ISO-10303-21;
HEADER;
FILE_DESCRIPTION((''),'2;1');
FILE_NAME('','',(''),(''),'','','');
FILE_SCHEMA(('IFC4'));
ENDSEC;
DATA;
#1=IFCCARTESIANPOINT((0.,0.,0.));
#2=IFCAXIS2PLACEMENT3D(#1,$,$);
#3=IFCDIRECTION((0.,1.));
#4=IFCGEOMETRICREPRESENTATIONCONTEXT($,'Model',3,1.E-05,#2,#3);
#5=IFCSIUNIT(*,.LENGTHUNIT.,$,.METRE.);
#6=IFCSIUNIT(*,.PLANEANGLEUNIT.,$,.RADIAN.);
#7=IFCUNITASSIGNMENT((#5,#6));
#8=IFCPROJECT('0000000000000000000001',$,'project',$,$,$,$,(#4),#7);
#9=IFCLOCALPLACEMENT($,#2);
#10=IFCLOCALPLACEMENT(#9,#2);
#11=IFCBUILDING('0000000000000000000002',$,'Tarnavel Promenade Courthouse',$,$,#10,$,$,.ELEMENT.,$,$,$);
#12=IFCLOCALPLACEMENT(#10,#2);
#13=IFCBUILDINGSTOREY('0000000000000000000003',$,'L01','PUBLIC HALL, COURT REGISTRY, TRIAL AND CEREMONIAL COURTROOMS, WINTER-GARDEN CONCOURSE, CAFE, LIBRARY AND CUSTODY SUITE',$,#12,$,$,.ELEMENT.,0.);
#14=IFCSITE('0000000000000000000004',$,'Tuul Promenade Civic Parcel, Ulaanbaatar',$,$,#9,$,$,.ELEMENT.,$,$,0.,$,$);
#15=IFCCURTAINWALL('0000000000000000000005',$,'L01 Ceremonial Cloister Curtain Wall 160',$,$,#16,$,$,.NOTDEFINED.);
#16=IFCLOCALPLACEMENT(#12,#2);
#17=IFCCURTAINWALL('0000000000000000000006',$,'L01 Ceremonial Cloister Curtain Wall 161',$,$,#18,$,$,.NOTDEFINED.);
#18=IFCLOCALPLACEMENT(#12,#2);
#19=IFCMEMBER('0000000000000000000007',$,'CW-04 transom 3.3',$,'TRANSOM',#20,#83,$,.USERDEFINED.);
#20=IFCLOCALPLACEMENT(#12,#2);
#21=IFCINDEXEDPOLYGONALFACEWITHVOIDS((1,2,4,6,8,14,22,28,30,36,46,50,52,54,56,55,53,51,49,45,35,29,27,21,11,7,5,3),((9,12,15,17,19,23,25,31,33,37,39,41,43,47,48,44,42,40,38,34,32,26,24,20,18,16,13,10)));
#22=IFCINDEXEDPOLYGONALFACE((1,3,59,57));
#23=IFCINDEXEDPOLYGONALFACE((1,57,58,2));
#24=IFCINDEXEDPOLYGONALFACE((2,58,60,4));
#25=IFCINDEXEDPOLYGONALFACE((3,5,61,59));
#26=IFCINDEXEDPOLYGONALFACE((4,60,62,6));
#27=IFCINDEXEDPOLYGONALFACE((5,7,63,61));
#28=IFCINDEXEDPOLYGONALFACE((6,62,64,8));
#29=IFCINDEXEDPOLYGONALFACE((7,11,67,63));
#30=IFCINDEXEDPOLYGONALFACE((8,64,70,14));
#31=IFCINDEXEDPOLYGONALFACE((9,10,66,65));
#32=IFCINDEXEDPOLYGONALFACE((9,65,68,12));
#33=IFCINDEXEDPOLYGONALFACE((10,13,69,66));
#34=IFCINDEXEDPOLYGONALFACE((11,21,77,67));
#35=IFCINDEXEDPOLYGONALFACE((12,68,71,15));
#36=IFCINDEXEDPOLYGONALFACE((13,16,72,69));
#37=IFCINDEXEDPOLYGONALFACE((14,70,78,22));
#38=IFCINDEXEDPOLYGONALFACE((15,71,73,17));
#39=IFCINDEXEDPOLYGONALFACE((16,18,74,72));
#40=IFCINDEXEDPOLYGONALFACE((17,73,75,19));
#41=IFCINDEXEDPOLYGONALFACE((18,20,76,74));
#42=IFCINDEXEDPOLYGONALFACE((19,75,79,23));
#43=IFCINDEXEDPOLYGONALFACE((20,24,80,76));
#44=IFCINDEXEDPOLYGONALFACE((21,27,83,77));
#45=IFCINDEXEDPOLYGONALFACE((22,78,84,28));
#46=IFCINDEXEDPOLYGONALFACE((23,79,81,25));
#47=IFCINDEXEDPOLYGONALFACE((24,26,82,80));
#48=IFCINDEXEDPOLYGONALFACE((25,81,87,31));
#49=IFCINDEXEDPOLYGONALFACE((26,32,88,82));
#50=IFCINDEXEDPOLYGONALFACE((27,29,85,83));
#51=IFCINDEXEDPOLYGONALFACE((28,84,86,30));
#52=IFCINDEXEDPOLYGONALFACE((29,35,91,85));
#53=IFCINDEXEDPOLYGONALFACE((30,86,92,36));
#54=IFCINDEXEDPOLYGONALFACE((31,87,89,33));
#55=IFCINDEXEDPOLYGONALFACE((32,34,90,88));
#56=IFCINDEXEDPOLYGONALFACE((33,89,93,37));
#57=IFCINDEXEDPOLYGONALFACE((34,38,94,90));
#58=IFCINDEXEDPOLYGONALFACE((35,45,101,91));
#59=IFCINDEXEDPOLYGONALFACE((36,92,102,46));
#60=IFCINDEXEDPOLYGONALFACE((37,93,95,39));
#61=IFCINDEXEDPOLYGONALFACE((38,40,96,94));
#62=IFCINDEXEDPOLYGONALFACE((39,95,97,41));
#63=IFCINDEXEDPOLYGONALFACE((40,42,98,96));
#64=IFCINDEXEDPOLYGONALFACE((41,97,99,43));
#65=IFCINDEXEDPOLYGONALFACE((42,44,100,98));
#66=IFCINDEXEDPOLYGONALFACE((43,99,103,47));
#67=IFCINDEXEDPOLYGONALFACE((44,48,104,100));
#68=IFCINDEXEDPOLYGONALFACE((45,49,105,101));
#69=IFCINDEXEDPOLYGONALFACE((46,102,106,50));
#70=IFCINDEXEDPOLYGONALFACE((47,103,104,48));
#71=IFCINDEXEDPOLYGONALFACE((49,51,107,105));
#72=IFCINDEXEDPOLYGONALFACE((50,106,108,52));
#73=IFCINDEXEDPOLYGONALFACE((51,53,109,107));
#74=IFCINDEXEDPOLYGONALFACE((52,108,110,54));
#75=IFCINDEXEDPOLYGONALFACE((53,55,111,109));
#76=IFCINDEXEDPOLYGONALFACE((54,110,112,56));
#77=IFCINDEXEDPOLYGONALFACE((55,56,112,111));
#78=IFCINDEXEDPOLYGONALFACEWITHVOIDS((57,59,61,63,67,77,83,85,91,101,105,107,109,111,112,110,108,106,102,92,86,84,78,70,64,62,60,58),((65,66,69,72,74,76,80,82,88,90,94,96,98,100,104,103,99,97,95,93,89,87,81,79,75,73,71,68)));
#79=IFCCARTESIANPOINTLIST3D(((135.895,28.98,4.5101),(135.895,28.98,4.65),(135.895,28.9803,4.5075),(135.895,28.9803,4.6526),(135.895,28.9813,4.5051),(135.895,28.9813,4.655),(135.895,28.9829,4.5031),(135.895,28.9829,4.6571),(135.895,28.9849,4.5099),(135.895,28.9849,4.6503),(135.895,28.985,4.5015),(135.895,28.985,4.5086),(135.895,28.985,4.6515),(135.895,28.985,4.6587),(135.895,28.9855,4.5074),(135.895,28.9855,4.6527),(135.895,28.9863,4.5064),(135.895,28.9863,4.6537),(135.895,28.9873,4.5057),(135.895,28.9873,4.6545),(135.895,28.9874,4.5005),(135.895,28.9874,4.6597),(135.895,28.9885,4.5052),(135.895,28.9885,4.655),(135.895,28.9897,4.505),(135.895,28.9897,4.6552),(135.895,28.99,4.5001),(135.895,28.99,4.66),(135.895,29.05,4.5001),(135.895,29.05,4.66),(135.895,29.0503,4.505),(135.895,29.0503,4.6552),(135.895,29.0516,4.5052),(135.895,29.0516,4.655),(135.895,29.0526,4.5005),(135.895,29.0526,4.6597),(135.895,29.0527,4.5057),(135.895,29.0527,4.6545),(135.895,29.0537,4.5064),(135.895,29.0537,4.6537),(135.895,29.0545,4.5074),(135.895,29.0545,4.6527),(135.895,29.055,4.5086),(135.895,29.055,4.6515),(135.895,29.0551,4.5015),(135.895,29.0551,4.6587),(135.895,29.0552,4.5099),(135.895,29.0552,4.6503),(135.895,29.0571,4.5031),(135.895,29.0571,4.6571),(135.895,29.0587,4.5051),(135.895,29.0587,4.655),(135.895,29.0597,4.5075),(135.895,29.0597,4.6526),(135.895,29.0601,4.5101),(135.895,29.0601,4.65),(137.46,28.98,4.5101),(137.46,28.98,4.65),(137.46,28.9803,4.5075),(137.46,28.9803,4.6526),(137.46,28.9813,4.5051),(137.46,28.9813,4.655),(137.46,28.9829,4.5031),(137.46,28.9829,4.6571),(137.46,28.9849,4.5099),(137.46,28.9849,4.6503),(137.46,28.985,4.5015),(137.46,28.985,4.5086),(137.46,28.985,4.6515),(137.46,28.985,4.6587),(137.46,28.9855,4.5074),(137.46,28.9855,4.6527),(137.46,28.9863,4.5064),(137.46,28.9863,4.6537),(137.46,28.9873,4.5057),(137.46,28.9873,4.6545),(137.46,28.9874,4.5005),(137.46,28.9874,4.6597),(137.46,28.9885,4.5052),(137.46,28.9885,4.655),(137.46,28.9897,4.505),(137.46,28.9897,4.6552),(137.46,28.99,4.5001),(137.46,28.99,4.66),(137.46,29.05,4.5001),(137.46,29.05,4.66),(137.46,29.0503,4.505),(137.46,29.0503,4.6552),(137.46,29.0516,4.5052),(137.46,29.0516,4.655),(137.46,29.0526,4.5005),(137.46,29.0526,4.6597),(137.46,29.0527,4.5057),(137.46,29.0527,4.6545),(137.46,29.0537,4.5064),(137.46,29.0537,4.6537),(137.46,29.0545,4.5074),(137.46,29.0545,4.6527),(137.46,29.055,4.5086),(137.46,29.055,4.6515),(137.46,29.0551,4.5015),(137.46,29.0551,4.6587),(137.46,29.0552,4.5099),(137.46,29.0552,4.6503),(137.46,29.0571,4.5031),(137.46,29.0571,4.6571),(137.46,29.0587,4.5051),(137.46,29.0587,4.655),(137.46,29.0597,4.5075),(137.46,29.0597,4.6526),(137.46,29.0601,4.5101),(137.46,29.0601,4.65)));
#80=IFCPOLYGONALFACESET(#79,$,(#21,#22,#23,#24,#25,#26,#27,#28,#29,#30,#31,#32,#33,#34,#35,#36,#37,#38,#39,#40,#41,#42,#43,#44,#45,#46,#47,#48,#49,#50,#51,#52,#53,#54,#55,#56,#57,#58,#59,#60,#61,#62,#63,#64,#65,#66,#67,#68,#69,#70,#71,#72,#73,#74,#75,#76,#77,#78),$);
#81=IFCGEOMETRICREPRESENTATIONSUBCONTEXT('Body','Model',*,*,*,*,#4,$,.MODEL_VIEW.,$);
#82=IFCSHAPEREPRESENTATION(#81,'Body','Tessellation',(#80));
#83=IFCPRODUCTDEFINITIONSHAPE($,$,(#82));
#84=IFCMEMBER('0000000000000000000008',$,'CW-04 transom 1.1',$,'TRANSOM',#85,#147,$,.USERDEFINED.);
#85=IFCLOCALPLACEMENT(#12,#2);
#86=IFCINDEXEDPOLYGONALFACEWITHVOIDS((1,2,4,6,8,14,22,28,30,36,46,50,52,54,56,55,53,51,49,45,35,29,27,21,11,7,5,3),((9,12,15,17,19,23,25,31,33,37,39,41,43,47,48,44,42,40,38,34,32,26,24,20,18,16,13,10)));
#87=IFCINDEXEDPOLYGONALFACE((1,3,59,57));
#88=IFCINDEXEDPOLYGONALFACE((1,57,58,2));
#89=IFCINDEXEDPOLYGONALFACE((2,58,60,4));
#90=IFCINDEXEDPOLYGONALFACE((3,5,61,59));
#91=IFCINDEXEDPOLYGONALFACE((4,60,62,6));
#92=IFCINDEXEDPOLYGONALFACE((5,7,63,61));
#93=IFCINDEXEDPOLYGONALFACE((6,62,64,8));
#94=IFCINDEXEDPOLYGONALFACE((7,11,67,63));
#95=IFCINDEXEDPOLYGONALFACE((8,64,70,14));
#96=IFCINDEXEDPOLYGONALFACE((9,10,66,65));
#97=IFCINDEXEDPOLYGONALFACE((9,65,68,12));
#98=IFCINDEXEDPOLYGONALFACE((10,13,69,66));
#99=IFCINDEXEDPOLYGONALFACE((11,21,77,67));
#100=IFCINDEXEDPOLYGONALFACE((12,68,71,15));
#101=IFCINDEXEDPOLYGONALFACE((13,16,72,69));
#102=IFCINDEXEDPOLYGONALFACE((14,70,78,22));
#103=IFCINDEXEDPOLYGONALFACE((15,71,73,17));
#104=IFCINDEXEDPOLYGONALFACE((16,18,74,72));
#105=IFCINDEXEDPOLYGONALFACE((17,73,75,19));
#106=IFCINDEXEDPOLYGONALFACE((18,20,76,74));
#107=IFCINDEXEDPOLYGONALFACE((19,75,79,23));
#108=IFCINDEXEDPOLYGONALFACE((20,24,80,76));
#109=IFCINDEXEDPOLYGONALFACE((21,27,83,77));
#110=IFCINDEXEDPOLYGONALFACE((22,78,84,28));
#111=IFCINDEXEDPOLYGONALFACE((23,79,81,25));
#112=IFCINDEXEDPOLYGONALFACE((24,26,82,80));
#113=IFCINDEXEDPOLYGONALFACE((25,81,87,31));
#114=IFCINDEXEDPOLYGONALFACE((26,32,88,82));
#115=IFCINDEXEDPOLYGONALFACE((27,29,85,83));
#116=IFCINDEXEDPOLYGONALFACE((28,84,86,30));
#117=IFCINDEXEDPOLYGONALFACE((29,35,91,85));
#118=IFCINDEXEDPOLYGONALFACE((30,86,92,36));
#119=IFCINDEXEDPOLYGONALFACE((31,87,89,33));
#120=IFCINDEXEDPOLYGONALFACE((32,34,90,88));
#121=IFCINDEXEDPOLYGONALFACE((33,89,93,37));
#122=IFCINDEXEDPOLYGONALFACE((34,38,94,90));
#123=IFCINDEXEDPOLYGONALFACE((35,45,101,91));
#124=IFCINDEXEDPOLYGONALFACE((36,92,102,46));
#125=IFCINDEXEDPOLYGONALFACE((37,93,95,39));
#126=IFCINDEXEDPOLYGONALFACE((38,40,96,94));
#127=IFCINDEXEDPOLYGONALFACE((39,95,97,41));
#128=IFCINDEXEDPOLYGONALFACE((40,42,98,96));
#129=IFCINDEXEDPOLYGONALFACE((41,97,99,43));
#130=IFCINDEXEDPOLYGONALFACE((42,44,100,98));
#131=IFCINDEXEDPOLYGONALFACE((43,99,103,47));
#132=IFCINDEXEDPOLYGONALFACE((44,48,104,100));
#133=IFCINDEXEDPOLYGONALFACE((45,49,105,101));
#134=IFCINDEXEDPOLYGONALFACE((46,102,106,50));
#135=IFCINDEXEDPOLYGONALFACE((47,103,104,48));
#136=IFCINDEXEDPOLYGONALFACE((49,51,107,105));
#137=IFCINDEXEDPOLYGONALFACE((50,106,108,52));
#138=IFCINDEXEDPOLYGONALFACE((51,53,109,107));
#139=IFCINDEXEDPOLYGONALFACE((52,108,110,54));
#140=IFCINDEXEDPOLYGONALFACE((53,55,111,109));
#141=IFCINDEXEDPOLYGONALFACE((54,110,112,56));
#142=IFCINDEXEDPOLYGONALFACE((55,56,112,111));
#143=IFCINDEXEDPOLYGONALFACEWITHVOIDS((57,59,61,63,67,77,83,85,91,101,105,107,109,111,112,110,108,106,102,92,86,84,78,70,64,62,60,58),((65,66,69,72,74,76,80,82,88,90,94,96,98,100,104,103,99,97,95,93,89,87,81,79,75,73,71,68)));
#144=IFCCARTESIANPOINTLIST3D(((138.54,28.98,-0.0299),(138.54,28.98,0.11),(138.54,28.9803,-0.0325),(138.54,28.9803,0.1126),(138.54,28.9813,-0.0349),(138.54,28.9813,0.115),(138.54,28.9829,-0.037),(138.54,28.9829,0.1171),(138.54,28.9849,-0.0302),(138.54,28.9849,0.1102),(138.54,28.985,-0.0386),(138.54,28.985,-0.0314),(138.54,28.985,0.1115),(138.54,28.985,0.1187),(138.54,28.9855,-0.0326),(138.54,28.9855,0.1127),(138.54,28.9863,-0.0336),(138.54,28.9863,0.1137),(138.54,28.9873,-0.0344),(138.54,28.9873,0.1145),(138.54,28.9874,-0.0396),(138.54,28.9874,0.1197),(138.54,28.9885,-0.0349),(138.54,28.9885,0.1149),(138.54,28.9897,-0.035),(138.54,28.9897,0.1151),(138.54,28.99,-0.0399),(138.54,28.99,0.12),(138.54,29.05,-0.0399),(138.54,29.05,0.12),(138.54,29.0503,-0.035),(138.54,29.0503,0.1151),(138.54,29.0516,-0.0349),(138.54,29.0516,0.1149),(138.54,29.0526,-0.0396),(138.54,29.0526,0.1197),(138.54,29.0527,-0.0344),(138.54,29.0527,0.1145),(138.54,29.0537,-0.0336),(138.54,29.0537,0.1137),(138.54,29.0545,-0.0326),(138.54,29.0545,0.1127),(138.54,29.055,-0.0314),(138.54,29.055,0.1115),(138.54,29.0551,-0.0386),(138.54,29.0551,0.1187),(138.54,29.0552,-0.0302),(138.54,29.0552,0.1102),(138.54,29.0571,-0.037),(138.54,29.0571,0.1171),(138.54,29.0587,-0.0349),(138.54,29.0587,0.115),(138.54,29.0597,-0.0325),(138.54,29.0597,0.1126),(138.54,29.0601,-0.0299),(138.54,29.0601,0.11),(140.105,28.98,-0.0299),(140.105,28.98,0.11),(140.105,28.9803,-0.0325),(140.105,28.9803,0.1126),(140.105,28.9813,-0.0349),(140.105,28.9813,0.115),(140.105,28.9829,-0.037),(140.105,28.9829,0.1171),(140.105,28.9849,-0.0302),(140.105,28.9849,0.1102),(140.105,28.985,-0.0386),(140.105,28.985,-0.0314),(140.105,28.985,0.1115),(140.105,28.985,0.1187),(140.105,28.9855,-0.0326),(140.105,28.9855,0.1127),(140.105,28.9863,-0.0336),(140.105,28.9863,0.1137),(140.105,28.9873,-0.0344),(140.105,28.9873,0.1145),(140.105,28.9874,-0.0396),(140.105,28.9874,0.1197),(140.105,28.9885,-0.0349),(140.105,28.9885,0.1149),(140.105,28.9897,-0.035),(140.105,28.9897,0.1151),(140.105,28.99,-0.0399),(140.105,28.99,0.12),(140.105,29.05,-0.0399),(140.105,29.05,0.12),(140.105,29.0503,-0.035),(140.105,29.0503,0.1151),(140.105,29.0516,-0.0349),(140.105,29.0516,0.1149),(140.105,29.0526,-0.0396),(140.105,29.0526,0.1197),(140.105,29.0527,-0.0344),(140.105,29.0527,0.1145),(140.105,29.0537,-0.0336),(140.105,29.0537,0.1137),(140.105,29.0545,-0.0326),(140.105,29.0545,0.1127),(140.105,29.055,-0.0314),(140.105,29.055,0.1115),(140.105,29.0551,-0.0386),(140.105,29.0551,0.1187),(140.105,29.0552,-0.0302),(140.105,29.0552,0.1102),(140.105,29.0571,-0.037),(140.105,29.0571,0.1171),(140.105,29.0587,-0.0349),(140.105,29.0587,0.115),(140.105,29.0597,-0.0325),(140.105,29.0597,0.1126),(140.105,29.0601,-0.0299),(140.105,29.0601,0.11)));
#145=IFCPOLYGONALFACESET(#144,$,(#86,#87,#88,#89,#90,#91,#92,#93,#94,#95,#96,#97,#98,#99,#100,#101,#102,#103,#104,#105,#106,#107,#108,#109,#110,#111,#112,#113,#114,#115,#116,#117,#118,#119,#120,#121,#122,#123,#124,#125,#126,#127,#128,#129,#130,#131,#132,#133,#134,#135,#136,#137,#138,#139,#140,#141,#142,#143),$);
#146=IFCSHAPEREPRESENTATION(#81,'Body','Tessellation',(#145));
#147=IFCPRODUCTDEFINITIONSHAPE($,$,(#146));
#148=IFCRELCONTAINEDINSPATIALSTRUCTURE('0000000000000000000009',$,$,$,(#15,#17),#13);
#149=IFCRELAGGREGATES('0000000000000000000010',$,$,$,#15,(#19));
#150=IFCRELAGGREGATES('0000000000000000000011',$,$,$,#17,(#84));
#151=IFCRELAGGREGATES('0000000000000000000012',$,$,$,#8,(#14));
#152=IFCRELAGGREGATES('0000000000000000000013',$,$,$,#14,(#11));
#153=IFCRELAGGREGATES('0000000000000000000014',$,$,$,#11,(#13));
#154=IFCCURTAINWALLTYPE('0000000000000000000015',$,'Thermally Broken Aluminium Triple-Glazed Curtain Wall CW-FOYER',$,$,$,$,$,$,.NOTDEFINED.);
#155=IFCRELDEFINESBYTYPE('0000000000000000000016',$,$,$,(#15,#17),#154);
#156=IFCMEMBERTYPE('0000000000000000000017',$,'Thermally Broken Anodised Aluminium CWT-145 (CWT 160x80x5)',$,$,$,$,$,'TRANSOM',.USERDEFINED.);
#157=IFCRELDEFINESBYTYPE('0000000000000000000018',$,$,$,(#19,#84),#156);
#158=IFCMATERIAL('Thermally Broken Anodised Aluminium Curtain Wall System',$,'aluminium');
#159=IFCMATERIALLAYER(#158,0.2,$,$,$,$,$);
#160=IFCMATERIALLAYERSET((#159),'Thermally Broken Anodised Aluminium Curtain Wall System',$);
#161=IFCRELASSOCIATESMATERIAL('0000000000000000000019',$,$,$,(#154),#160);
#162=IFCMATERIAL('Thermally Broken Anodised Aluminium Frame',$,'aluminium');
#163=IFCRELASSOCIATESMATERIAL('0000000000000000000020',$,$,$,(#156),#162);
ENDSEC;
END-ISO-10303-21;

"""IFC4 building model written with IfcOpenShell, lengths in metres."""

from ifc_helpers import new_model, si_unit, direction, frame, origin, origin_2d, place, context, subcontext, project, spatial, hollow_rectangle, extrude, material, layer, layer_set, material_profile, profile_set, type_object, element, aggregate, save


model = new_model("IFC4")

# Units and contexts
model_context = context("Model", 3, precision=1e-05, world=origin(), true_north=direction((0.0, 1.0)))
body_context = subcontext(model_context, "Body", "Model", "MODEL_VIEW")
ifc_project = project(units=[si_unit("LENGTHUNIT", "METRE"), si_unit("PLANEANGLEUNIT", "RADIAN")], contexts=[model_context])

# Site, building, storey
site_placement = place(None, origin())
site = spatial("IfcSite", under=ifc_project, at=site_placement, Name="Tuul Promenade Civic Parcel, Ulaanbaatar", CompositionType="ELEMENT", RefElevation=0.0)
building_placement = place(site_placement, origin())
building = spatial("IfcBuilding", under=site, at=building_placement, Name="Tarnavel Promenade Courthouse", CompositionType="ELEMENT")
storey_placement = place(building_placement, origin())
storey = spatial("IfcBuildingStorey", under=building, at=storey_placement, Name="L01", Description="PUBLIC HALL, COURT REGISTRY, TRIAL AND CEREMONIAL COURTROOMS, WINTER-GARDEN CONCOURSE, CAFE, LIBRARY AND CUSTODY SUITE", CompositionType="ELEMENT", Elevation=0.0)

# Curtain walls
ifc_material_1 = material(Name="Thermally Broken Anodised Aluminium Curtain Wall System", Category="aluminium")
ifc_layer_1 = layer(ifc_material_1, 0.2)
ifc_layer_set_1 = layer_set([ifc_layer_1], Name="Thermally Broken Anodised Aluminium Curtain Wall System")
curtain_wall_type = type_object("IfcCurtainWallType", Name="Thermally Broken Aluminium Triple-Glazed Curtain Wall CW-FOYER", PredefinedType="NOTDEFINED", material=ifc_layer_set_1)
curtain_wall_1_placement = place(storey_placement, origin())
curtain_wall_1 = element("IfcCurtainWall", 1, at=curtain_wall_1_placement, inside=storey, type_object=curtain_wall_type, Name="L01 Ceremonial Cloister Curtain Wall 160", PredefinedType="NOTDEFINED")
ifc_material_2 = material(Name="Thermally Broken Anodised Aluminium Frame", Category="aluminium")
curtain_wall_2_placement = place(storey_placement, origin())
curtain_wall_2 = element("IfcCurtainWall", 2, at=curtain_wall_2_placement, inside=storey, type_object=curtain_wall_type, Name="L01 Ceremonial Cloister Curtain Wall 161", PredefinedType="NOTDEFINED")

# Members
ifc_material_profile_1 = material_profile(ifc_material_2, hollow_rectangle(XDim=0.0801, YDim=0.1599, WallThickness=0.0049, InnerFilletRadius=0.0049, OuterFilletRadius=0.01, at=origin_2d()), Name="CWT 160x80x5")
ifc_profile_set_1 = profile_set([ifc_material_profile_1], Name="Thermally Broken Anodised Aluminium Frame")
member_type_1 = type_object("IfcMemberType", Name="Thermally Broken Anodised Aluminium CWT-145 (CWT 160x80x5)", ElementType="TRANSOM", PredefinedType="USERDEFINED", material=ifc_profile_set_1)
member_1_placement = place(storey_placement, frame((135.895, 29.02, 4.5801), z_axis=(1.0, 0.0, 0.0), x_axis=(0.0, 1.0, 0.0)))
member_1 = element("IfcMember", 3, at=member_1_placement, type_object=member_type_1, Name="CW-04 transom 3.3", ObjectType="TRANSOM", PredefinedType="USERDEFINED", context=body_context, shape_type="SweptSolid", body=[
    extrude(hollow_rectangle(XDim=0.0801, YDim=0.1599, WallThickness=0.0049, InnerFilletRadius=0.0049, OuterFilletRadius=0.01, at=origin_2d()), origin(), (0.0, 0.0, 1.0), 1.5649),
])
member_2_placement = place(storey_placement, frame((138.54, 29.02, 0.04), z_axis=(1.0, 0.0, 0.0), x_axis=(0.0, 1.0, 0.0)))
member_2 = element("IfcMember", 4, at=member_2_placement, type_object=member_type_1, Name="CW-04 transom 1.1", ObjectType="TRANSOM", PredefinedType="USERDEFINED", context=body_context, shape_type="SweptSolid", body=[
    extrude(hollow_rectangle(XDim=0.0801, YDim=0.1599, WallThickness=0.0049, InnerFilletRadius=0.0049, OuterFilletRadius=0.01, at=origin_2d()), origin(), (0.0, 0.0, 1.0), 1.5649),
])

aggregate(curtain_wall_1, [member_1])
aggregate(curtain_wall_2, [member_2])

save(model, "model.ifc")
